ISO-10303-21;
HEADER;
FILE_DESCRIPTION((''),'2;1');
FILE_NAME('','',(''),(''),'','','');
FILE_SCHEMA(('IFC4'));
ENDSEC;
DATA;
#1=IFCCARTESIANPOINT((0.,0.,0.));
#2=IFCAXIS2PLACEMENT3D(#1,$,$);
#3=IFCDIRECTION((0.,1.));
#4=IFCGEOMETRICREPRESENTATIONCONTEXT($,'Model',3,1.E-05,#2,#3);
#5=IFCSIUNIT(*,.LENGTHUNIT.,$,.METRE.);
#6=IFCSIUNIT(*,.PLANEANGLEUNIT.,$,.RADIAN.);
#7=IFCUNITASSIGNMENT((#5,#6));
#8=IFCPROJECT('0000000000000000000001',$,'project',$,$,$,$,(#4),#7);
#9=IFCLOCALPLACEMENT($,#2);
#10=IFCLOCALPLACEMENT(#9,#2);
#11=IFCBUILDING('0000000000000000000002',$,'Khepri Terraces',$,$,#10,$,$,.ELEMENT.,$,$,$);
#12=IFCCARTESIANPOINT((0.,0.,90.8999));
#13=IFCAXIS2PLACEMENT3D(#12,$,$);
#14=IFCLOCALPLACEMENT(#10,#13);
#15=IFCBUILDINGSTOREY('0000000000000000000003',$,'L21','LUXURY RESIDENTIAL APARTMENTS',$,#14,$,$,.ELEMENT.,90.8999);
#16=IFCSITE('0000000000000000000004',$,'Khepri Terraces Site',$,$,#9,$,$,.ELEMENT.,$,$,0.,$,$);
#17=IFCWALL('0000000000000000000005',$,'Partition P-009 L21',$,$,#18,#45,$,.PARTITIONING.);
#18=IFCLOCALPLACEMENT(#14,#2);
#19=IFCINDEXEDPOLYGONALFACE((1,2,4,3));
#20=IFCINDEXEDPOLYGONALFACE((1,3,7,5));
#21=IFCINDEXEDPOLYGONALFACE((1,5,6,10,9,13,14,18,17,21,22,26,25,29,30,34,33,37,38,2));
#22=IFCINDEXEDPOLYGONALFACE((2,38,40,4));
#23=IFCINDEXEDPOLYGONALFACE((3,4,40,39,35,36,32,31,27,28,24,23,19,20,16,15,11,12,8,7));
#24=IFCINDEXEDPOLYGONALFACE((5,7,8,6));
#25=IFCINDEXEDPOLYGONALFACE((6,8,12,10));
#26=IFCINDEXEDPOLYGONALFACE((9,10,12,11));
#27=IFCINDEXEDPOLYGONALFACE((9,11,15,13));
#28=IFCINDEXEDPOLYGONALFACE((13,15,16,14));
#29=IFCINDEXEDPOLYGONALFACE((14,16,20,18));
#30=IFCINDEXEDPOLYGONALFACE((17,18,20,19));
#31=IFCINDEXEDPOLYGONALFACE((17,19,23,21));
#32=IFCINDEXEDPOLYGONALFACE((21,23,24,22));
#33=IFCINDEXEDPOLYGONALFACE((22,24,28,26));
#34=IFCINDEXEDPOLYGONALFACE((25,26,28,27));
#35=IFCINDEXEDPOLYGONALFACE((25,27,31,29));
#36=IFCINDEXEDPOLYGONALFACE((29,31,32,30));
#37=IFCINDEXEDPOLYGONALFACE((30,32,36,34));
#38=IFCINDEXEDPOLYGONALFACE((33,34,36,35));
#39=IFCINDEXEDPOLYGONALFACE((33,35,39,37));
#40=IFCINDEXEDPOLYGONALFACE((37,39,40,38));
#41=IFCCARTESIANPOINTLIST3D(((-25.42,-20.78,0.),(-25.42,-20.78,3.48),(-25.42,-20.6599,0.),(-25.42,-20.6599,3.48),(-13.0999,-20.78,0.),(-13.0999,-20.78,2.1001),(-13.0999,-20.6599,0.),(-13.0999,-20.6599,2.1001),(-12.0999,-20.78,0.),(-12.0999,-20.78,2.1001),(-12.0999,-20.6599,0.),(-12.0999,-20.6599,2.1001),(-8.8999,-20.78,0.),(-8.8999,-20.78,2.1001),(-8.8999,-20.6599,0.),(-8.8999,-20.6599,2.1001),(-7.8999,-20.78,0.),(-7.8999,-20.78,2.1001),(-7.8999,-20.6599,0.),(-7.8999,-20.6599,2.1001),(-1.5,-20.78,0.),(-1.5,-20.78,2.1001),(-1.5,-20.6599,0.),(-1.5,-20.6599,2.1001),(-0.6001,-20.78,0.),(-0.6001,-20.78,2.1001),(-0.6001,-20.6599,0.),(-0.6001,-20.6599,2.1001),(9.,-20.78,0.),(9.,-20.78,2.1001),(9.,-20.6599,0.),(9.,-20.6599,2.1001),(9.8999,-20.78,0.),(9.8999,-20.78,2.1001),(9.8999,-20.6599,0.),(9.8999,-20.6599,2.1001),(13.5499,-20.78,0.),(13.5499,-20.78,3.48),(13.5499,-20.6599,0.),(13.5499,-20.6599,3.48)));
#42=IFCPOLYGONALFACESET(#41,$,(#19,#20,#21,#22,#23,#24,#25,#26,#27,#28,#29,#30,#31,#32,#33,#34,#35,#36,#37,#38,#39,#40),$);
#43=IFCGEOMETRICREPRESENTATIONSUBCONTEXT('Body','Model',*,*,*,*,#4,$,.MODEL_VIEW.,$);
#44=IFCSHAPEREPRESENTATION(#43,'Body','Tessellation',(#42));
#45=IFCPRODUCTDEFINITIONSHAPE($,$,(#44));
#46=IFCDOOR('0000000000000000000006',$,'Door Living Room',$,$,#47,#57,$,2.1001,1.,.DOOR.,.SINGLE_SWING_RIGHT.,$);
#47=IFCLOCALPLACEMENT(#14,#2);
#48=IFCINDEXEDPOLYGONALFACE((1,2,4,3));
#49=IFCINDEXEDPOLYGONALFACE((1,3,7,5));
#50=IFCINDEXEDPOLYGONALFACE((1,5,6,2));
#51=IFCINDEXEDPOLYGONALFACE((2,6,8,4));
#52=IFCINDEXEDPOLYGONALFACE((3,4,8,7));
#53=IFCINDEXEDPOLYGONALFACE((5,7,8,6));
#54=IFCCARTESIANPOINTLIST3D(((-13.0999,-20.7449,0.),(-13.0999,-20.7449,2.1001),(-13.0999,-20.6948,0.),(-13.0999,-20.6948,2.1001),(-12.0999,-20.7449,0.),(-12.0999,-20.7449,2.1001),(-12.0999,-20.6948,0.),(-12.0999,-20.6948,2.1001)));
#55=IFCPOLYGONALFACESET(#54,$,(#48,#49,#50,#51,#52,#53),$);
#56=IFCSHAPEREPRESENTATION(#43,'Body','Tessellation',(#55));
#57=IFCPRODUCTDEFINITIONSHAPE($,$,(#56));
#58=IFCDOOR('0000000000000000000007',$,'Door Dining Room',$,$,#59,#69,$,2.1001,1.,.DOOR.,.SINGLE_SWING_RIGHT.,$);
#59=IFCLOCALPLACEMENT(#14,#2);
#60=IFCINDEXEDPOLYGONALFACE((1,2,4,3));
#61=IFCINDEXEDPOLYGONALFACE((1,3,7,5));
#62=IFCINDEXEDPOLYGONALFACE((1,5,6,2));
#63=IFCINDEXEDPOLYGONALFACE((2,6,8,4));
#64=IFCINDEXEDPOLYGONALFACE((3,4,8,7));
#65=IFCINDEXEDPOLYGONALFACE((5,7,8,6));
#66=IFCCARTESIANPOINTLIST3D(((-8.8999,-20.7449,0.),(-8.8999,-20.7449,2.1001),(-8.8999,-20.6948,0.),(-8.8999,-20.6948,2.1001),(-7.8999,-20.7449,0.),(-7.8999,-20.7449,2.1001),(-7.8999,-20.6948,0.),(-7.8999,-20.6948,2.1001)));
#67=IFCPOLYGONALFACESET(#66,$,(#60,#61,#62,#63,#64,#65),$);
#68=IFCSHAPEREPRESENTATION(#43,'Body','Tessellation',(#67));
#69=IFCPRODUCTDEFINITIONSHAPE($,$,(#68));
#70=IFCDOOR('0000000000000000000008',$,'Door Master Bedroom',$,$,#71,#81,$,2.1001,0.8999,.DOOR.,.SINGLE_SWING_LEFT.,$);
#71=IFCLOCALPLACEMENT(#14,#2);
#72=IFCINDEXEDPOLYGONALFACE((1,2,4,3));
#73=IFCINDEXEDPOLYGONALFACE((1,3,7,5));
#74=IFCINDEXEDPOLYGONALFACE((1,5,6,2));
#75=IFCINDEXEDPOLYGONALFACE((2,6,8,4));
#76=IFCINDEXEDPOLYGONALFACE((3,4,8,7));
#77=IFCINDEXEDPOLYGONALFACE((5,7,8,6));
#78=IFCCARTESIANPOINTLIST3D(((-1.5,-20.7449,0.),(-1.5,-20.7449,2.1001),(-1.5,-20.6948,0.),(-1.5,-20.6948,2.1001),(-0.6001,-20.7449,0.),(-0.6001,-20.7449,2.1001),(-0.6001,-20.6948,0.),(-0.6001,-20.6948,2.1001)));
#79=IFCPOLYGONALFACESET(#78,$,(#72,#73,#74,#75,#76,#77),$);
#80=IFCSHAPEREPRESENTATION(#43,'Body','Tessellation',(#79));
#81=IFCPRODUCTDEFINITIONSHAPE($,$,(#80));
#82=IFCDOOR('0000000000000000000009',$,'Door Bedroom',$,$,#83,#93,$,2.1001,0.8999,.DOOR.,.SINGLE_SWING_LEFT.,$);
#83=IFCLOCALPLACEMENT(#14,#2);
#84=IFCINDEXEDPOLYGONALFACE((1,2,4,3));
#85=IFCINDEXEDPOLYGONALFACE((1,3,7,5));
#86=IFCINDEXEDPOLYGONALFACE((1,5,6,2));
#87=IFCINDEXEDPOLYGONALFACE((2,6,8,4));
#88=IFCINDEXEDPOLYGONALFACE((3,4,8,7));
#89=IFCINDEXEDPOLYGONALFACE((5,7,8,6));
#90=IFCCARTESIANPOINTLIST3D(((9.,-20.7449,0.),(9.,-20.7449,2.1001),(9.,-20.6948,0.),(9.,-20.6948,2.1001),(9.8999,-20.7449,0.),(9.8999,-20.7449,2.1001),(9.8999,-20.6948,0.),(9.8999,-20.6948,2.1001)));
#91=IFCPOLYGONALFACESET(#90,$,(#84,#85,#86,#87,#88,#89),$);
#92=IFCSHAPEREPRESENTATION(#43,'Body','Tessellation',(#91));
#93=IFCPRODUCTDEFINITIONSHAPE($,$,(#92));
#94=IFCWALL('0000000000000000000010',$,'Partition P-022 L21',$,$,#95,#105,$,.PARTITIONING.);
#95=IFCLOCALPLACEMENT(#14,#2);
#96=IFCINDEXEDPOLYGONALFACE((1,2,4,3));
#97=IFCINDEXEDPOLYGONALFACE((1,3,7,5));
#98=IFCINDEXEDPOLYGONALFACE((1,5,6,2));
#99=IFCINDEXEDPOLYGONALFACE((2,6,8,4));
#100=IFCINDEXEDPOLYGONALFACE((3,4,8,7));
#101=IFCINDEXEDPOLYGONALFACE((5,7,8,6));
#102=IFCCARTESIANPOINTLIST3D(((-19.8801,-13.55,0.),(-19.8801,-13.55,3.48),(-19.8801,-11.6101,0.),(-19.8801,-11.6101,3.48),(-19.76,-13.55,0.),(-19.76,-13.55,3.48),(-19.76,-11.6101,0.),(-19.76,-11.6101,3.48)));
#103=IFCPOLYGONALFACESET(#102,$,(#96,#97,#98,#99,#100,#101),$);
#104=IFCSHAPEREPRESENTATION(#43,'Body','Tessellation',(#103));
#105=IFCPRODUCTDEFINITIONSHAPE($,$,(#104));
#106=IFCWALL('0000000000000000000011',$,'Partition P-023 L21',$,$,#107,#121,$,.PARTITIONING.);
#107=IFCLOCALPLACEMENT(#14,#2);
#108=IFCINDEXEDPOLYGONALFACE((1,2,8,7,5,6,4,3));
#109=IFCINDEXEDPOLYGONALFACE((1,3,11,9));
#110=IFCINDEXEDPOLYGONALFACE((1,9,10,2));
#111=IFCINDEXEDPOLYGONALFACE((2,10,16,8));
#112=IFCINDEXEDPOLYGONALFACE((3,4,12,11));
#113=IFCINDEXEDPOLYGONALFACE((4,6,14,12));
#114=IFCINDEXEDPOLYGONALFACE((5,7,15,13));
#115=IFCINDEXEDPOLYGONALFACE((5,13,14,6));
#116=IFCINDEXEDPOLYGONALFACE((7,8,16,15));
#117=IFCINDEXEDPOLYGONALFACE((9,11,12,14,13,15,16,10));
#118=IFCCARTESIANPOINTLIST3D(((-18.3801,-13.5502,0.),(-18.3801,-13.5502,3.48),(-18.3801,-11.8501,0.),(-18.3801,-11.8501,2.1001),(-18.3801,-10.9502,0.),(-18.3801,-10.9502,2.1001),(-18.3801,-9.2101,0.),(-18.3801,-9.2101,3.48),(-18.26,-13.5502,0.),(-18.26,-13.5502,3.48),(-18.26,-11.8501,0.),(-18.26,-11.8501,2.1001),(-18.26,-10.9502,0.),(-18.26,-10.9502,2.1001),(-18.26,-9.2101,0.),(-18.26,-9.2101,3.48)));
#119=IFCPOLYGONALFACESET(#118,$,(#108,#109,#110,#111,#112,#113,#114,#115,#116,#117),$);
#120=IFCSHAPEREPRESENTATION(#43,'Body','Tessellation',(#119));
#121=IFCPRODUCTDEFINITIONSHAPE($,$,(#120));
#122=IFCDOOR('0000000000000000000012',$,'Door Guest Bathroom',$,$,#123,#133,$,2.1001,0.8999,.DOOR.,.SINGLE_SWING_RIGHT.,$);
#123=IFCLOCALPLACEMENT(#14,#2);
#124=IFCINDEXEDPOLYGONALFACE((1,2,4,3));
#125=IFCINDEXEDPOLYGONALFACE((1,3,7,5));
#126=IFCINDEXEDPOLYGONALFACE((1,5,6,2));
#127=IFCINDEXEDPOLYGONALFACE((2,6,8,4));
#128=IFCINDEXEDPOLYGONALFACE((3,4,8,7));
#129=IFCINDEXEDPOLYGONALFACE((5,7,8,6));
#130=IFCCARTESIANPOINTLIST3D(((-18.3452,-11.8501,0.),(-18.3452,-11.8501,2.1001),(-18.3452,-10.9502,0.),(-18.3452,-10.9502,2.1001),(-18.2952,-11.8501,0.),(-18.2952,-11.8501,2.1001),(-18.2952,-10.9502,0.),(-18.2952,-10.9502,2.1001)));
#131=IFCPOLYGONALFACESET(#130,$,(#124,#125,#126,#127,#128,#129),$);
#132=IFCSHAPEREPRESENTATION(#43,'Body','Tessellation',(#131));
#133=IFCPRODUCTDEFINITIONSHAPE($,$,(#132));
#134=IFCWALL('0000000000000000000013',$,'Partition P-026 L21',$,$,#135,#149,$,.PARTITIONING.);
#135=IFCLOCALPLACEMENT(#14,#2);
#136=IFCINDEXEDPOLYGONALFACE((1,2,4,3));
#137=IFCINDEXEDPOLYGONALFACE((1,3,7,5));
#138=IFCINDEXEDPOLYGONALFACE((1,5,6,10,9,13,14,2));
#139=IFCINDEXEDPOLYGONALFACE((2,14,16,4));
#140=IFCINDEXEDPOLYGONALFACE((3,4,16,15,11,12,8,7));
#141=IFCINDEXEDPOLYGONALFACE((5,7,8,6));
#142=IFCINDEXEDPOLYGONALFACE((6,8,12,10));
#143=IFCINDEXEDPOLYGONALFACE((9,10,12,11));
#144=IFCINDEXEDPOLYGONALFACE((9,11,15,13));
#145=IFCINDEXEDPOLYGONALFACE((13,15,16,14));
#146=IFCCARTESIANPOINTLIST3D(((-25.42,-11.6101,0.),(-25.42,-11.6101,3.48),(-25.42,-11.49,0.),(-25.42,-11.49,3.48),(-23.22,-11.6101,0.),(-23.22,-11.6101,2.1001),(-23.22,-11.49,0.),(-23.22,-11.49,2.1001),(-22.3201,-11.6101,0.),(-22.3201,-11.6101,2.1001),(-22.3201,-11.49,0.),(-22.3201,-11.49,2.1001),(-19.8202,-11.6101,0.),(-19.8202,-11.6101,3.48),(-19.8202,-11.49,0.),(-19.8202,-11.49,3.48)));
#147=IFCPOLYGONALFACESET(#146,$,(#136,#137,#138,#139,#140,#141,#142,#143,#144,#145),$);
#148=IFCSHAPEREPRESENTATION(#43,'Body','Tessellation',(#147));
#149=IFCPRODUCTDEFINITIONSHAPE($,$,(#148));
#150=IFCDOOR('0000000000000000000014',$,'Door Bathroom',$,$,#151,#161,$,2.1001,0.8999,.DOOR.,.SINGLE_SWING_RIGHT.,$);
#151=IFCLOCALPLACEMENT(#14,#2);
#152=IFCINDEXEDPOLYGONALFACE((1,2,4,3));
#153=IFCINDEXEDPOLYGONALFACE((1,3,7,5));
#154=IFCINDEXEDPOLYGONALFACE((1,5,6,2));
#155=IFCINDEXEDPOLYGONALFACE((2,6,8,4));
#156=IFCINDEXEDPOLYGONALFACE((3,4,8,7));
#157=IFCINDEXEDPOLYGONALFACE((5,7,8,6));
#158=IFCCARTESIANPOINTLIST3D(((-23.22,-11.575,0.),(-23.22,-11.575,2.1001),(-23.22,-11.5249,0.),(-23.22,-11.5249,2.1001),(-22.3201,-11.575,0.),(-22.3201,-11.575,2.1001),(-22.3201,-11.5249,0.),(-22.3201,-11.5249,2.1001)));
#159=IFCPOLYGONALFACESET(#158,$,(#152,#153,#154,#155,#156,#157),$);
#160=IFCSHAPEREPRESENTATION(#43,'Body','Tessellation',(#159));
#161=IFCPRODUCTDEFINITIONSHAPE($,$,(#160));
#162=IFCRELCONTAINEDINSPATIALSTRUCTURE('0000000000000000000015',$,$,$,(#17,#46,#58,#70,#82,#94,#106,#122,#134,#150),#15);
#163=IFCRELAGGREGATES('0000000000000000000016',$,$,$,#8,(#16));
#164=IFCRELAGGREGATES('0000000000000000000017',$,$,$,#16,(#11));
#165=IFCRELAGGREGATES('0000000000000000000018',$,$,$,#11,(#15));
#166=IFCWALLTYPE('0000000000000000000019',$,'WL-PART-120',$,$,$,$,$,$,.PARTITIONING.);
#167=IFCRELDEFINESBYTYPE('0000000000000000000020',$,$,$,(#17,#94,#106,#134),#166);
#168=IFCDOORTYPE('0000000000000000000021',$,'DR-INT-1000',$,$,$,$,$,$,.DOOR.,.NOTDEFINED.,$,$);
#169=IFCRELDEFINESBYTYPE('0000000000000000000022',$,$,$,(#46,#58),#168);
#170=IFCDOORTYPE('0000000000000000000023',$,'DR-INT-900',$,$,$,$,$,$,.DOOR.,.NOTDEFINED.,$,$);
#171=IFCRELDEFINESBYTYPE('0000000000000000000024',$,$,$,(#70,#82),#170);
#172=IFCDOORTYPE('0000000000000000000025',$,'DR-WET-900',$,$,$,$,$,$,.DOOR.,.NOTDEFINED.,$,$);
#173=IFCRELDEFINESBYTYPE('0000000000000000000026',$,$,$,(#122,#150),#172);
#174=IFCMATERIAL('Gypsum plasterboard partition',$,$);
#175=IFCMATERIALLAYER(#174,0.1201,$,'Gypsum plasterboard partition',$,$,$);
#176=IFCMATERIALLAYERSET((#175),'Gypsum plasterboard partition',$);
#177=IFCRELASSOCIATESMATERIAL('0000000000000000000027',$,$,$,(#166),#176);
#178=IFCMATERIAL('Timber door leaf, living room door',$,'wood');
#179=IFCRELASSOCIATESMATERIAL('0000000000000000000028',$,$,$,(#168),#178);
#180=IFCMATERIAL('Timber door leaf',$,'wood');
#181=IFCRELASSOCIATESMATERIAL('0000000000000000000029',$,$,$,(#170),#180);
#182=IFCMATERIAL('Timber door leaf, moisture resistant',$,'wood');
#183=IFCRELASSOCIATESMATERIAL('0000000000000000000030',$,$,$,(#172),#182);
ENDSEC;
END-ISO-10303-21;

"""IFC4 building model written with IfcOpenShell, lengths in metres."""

from ifc_helpers import new_model, si_unit, direction, frame, frame_2d, origin, place, context, subcontext, project, spatial, rectangle, extrude, material, layer, layer_set, type_object, element, fill, save


model = new_model("IFC4")

# Units and contexts
model_context = context("Model", 3, precision=1e-05, world=origin(), true_north=direction((0.0, 1.0)))
body_context = subcontext(model_context, "Body", "Model", "MODEL_VIEW")
ifc_project = project(units=[si_unit("LENGTHUNIT", "METRE"), si_unit("PLANEANGLEUNIT", "RADIAN")], contexts=[model_context])

# Site, building, storey
site_placement = place(None, origin())
site = spatial("IfcSite", under=ifc_project, at=site_placement, Name="Khepri Terraces Site", CompositionType="ELEMENT", RefElevation=0.0)
building_placement = place(site_placement, origin())
building = spatial("IfcBuilding", under=site, at=building_placement, Name="Khepri Terraces", CompositionType="ELEMENT")
storey_placement = place(building_placement, frame((0.0, 0.0, 90.8999)))
storey = spatial("IfcBuildingStorey", under=building, at=storey_placement, Name="L21", Description="LUXURY RESIDENTIAL APARTMENTS", CompositionType="ELEMENT", Elevation=90.8999)

# Wall, openings, doors
ifc_material_1 = material(Name="Gypsum plasterboard partition")
ifc_layer_1 = layer(ifc_material_1, 0.1201, Name="Gypsum plasterboard partition")
ifc_layer_set_1 = layer_set([ifc_layer_1], Name="Gypsum plasterboard partition")
wall_type_1 = type_object("IfcWallType", Name="WL-PART-120", PredefinedType="PARTITIONING", material=ifc_layer_set_1)
wall_1_placement = place(storey_placement, frame((-25.4199, -20.72, 0.0), z_axis=(0.0, 0.0, 1.0), x_axis=(1.0, 0.0, 0.0)))
wall_1 = element("IfcWall", 1, at=wall_1_placement, inside=storey, type_object=wall_type_1, Name="Partition P-009 L21", PredefinedType="PARTITIONING", context=body_context, shape_type="SweptSolid", body=[
    extrude(rectangle(XDim=38.97, YDim=0.1201, at=frame_2d((19.4849, 0.0))), origin(), (0.0, 0.0, 1.0), 3.48),
])
opening_1_placement = place(wall_1_placement, frame((12.3201, 0.0, 0.0)))
opening_1 = element("IfcOpeningElement", 2, at=opening_1_placement, cuts=wall_1, PredefinedType="OPENING", context=body_context, shape_type="SweptSolid", body=[
    extrude(rectangle(XDim=1.0, YDim=2.1001, at=frame_2d((0.5, 1.05))), frame((0.0, 0.0701, 0.0), z_axis=(0.0, -1.0, 0.0), x_axis=(1.0, 0.0, 0.0)), (0.0, 0.0, 1.0), 0.1401),
])
opening_2_placement = place(wall_1_placement, frame((16.52, 0.0, 0.0)))
opening_2 = element("IfcOpeningElement", 3, at=opening_2_placement, cuts=wall_1, PredefinedType="OPENING", context=body_context, shape_type="SweptSolid", body=[
    extrude(rectangle(XDim=1.0, YDim=2.1001, at=frame_2d((0.5, 1.05))), frame((0.0, 0.0701, 0.0), z_axis=(0.0, -1.0, 0.0), x_axis=(1.0, 0.0, 0.0)), (0.0, 0.0, 1.0), 0.1401),
])
opening_3_placement = place(wall_1_placement, frame((23.9199, 0.0, 0.0)))
opening_3 = element("IfcOpeningElement", 4, at=opening_3_placement, cuts=wall_1, PredefinedType="OPENING", context=body_context, shape_type="SweptSolid", body=[
    extrude(rectangle(XDim=0.8999, YDim=2.1001, at=frame_2d((0.45, 1.05))), frame((0.0, 0.0701, 0.0), z_axis=(0.0, -1.0, 0.0), x_axis=(1.0, 0.0, 0.0)), (0.0, 0.0, 1.0), 0.1401),
])
opening_4_placement = place(wall_1_placement, frame((34.4199, 0.0, 0.0)))
opening_4 = element("IfcOpeningElement", 5, at=opening_4_placement, cuts=wall_1, PredefinedType="OPENING", context=body_context, shape_type="SweptSolid", body=[
    extrude(rectangle(XDim=0.8999, YDim=2.1001, at=frame_2d((0.45, 1.05))), frame((0.0, 0.0701, 0.0), z_axis=(0.0, -1.0, 0.0), x_axis=(1.0, 0.0, 0.0)), (0.0, 0.0, 1.0), 0.1401),
])
ifc_material_2 = material(Name="Timber door leaf, living room door", Category="wood")
door_type_1 = type_object("IfcDoorType", Name="DR-INT-1000", OperationType="NOTDEFINED", PredefinedType="DOOR", material=ifc_material_2)
door_1_placement = place(opening_1_placement, frame((1.0, 0.0, 0.0), z_axis=(0.0, 0.0, 1.0), x_axis=(-1.0, 0.0, 0.0)))
door_1 = element("IfcDoor", 6, at=door_1_placement, inside=storey, type_object=door_type_1, Name="Door Living Room", OperationType="SINGLE_SWING_RIGHT", OverallHeight=2.1001, OverallWidth=1.0, PredefinedType="DOOR", context=body_context, shape_type="SweptSolid", body=[
    extrude(rectangle(XDim=1.0, YDim=2.1001, at=frame_2d((0.5, 1.05))), frame((0.0, 0.0249, 0.0), z_axis=(0.0, -1.0, 0.0), x_axis=(1.0, 0.0, 0.0)), (0.0, 0.0, 1.0), 0.05),
])
fill(opening_1, door_1)
door_2_placement = place(opening_2_placement, frame((1.0, 0.0, 0.0), z_axis=(0.0, 0.0, 1.0), x_axis=(-1.0, 0.0, 0.0)))
door_2 = element("IfcDoor", 7, at=door_2_placement, inside=storey, type_object=door_type_1, Name="Door Dining Room", OperationType="SINGLE_SWING_RIGHT", OverallHeight=2.1001, OverallWidth=1.0, PredefinedType="DOOR", context=body_context, shape_type="SweptSolid", body=[
    extrude(rectangle(XDim=1.0, YDim=2.1001, at=frame_2d((0.5, 1.05))), frame((0.0, 0.0249, 0.0), z_axis=(0.0, -1.0, 0.0), x_axis=(1.0, 0.0, 0.0)), (0.0, 0.0, 1.0), 0.05),
])
fill(opening_2, door_2)
ifc_material_3 = material(Name="Timber door leaf", Category="wood")
door_type_2 = type_object("IfcDoorType", Name="DR-INT-900", OperationType="NOTDEFINED", PredefinedType="DOOR", material=ifc_material_3)
door_3_placement = place(opening_3_placement, frame((0.8999, 0.0, 0.0), z_axis=(0.0, 0.0, 1.0), x_axis=(-1.0, 0.0, 0.0)))
door_3 = element("IfcDoor", 8, at=door_3_placement, inside=storey, type_object=door_type_2, Name="Door Master Bedroom", OperationType="SINGLE_SWING_LEFT", OverallHeight=2.1001, OverallWidth=0.8999, PredefinedType="DOOR", context=body_context, shape_type="SweptSolid", body=[
    extrude(rectangle(XDim=0.8999, YDim=2.1001, at=frame_2d((0.45, 1.05))), frame((0.0, 0.0249, 0.0), z_axis=(0.0, -1.0, 0.0), x_axis=(1.0, 0.0, 0.0)), (0.0, 0.0, 1.0), 0.05),
])
fill(opening_3, door_3)
door_4_placement = place(opening_4_placement, frame((0.8999, 0.0, 0.0), z_axis=(0.0, 0.0, 1.0), x_axis=(-1.0, 0.0, 0.0)))
door_4 = element("IfcDoor", 9, at=door_4_placement, inside=storey, type_object=door_type_2, Name="Door Bedroom", OperationType="SINGLE_SWING_LEFT", OverallHeight=2.1001, OverallWidth=0.8999, PredefinedType="DOOR", context=body_context, shape_type="SweptSolid", body=[
    extrude(rectangle(XDim=0.8999, YDim=2.1001, at=frame_2d((0.45, 1.05))), frame((0.0, 0.0249, 0.0), z_axis=(0.0, -1.0, 0.0), x_axis=(1.0, 0.0, 0.0)), (0.0, 0.0, 1.0), 0.05),
])
fill(opening_4, door_4)

# Wall
wall_2_placement = place(storey_placement, frame((-19.8201, -13.55, 0.0), z_axis=(0.0, 0.0, 1.0), x_axis=(0.0, 1.0, 0.0)))
element("IfcWall", 10, at=wall_2_placement, inside=storey, type_object=wall_type_1, Name="Partition P-022 L21", PredefinedType="PARTITIONING", context=body_context, shape_type="SweptSolid", body=[
    extrude(rectangle(XDim=1.9399, YDim=0.1201, at=frame_2d((0.97, 0.0))), origin(), (0.0, 0.0, 1.0), 3.48),
])

# Walls, openings, doors
wall_3_placement = place(storey_placement, frame((-18.3201, -13.55, 0.0), z_axis=(0.0, 0.0, 1.0), x_axis=(0.0, 1.0, 0.0)))
wall_3 = element("IfcWall", 11, at=wall_3_placement, inside=storey, type_object=wall_type_1, Name="Partition P-023 L21", PredefinedType="PARTITIONING", context=body_context, shape_type="SweptSolid", body=[
    extrude(rectangle(XDim=4.3401, YDim=0.1201, at=frame_2d((2.1699, 0.0))), origin(), (0.0, 0.0, 1.0), 3.48),
])
opening_5_placement = place(wall_3_placement, frame((1.7, 0.0, 0.0)))
opening_5 = element("IfcOpeningElement", 12, at=opening_5_placement, cuts=wall_3, PredefinedType="OPENING", context=body_context, shape_type="SweptSolid", body=[
    extrude(rectangle(XDim=0.8999, YDim=2.1001, at=frame_2d((0.45, 1.05))), frame((0.0, 0.0701, 0.0), z_axis=(0.0, -1.0, 0.0), x_axis=(1.0, 0.0, 0.0)), (0.0, 0.0, 1.0), 0.1401),
])
ifc_material_4 = material(Name="Timber door leaf, moisture resistant", Category="wood")
door_type_3 = type_object("IfcDoorType", Name="DR-WET-900", OperationType="NOTDEFINED", PredefinedType="DOOR", material=ifc_material_4)
door_5_placement = place(opening_5_placement, frame((0.8999, 0.0, 0.0), z_axis=(0.0, 0.0, 1.0), x_axis=(-1.0, 0.0, 0.0)))
door_5 = element("IfcDoor", 13, at=door_5_placement, inside=storey, type_object=door_type_3, Name="Door Guest Bathroom", OperationType="SINGLE_SWING_RIGHT", OverallHeight=2.1001, OverallWidth=0.8999, PredefinedType="DOOR", context=body_context, shape_type="SweptSolid", body=[
    extrude(rectangle(XDim=0.8999, YDim=2.1001, at=frame_2d((0.45, 1.05))), frame((0.0, 0.0249, 0.0), z_axis=(0.0, -1.0, 0.0), x_axis=(1.0, 0.0, 0.0)), (0.0, 0.0, 1.0), 0.05),
])
fill(opening_5, door_5)
wall_4_placement = place(storey_placement, frame((-25.4199, -11.55, 0.0), z_axis=(0.0, 0.0, 1.0), x_axis=(1.0, 0.0, 0.0)))
wall_4 = element("IfcWall", 14, at=wall_4_placement, inside=storey, type_object=wall_type_1, Name="Partition P-026 L21", PredefinedType="PARTITIONING", context=body_context, shape_type="SweptSolid", body=[
    extrude(rectangle(XDim=5.5999, YDim=0.1201, at=frame_2d((2.7998, 0.0))), origin(), (0.0, 0.0, 1.0), 3.48),
])
opening_6_placement = place(wall_4_placement, frame((2.2, 0.0, 0.0)))
opening_6 = element("IfcOpeningElement", 15, at=opening_6_placement, cuts=wall_4, PredefinedType="OPENING", context=body_context, shape_type="SweptSolid", body=[
    extrude(rectangle(XDim=0.8999, YDim=2.1001, at=frame_2d((0.45, 1.05))), frame((0.0, 0.0701, 0.0), z_axis=(0.0, -1.0, 0.0), x_axis=(1.0, 0.0, 0.0)), (0.0, 0.0, 1.0), 0.1401),
])
door_6_placement = place(opening_6_placement, frame((0.8999, 0.0, 0.0), z_axis=(0.0, 0.0, 1.0), x_axis=(-1.0, 0.0, 0.0)))
door_6 = element("IfcDoor", 16, at=door_6_placement, inside=storey, type_object=door_type_3, Name="Door Bathroom", OperationType="SINGLE_SWING_RIGHT", OverallHeight=2.1001, OverallWidth=0.8999, PredefinedType="DOOR", context=body_context, shape_type="SweptSolid", body=[
    extrude(rectangle(XDim=0.8999, YDim=2.1001, at=frame_2d((0.45, 1.05))), frame((0.0, 0.0249, 0.0), z_axis=(0.0, -1.0, 0.0), x_axis=(1.0, 0.0, 0.0)), (0.0, 0.0, 1.0), 0.05),
])
fill(opening_6, door_6)

save(model, "model.ifc")
